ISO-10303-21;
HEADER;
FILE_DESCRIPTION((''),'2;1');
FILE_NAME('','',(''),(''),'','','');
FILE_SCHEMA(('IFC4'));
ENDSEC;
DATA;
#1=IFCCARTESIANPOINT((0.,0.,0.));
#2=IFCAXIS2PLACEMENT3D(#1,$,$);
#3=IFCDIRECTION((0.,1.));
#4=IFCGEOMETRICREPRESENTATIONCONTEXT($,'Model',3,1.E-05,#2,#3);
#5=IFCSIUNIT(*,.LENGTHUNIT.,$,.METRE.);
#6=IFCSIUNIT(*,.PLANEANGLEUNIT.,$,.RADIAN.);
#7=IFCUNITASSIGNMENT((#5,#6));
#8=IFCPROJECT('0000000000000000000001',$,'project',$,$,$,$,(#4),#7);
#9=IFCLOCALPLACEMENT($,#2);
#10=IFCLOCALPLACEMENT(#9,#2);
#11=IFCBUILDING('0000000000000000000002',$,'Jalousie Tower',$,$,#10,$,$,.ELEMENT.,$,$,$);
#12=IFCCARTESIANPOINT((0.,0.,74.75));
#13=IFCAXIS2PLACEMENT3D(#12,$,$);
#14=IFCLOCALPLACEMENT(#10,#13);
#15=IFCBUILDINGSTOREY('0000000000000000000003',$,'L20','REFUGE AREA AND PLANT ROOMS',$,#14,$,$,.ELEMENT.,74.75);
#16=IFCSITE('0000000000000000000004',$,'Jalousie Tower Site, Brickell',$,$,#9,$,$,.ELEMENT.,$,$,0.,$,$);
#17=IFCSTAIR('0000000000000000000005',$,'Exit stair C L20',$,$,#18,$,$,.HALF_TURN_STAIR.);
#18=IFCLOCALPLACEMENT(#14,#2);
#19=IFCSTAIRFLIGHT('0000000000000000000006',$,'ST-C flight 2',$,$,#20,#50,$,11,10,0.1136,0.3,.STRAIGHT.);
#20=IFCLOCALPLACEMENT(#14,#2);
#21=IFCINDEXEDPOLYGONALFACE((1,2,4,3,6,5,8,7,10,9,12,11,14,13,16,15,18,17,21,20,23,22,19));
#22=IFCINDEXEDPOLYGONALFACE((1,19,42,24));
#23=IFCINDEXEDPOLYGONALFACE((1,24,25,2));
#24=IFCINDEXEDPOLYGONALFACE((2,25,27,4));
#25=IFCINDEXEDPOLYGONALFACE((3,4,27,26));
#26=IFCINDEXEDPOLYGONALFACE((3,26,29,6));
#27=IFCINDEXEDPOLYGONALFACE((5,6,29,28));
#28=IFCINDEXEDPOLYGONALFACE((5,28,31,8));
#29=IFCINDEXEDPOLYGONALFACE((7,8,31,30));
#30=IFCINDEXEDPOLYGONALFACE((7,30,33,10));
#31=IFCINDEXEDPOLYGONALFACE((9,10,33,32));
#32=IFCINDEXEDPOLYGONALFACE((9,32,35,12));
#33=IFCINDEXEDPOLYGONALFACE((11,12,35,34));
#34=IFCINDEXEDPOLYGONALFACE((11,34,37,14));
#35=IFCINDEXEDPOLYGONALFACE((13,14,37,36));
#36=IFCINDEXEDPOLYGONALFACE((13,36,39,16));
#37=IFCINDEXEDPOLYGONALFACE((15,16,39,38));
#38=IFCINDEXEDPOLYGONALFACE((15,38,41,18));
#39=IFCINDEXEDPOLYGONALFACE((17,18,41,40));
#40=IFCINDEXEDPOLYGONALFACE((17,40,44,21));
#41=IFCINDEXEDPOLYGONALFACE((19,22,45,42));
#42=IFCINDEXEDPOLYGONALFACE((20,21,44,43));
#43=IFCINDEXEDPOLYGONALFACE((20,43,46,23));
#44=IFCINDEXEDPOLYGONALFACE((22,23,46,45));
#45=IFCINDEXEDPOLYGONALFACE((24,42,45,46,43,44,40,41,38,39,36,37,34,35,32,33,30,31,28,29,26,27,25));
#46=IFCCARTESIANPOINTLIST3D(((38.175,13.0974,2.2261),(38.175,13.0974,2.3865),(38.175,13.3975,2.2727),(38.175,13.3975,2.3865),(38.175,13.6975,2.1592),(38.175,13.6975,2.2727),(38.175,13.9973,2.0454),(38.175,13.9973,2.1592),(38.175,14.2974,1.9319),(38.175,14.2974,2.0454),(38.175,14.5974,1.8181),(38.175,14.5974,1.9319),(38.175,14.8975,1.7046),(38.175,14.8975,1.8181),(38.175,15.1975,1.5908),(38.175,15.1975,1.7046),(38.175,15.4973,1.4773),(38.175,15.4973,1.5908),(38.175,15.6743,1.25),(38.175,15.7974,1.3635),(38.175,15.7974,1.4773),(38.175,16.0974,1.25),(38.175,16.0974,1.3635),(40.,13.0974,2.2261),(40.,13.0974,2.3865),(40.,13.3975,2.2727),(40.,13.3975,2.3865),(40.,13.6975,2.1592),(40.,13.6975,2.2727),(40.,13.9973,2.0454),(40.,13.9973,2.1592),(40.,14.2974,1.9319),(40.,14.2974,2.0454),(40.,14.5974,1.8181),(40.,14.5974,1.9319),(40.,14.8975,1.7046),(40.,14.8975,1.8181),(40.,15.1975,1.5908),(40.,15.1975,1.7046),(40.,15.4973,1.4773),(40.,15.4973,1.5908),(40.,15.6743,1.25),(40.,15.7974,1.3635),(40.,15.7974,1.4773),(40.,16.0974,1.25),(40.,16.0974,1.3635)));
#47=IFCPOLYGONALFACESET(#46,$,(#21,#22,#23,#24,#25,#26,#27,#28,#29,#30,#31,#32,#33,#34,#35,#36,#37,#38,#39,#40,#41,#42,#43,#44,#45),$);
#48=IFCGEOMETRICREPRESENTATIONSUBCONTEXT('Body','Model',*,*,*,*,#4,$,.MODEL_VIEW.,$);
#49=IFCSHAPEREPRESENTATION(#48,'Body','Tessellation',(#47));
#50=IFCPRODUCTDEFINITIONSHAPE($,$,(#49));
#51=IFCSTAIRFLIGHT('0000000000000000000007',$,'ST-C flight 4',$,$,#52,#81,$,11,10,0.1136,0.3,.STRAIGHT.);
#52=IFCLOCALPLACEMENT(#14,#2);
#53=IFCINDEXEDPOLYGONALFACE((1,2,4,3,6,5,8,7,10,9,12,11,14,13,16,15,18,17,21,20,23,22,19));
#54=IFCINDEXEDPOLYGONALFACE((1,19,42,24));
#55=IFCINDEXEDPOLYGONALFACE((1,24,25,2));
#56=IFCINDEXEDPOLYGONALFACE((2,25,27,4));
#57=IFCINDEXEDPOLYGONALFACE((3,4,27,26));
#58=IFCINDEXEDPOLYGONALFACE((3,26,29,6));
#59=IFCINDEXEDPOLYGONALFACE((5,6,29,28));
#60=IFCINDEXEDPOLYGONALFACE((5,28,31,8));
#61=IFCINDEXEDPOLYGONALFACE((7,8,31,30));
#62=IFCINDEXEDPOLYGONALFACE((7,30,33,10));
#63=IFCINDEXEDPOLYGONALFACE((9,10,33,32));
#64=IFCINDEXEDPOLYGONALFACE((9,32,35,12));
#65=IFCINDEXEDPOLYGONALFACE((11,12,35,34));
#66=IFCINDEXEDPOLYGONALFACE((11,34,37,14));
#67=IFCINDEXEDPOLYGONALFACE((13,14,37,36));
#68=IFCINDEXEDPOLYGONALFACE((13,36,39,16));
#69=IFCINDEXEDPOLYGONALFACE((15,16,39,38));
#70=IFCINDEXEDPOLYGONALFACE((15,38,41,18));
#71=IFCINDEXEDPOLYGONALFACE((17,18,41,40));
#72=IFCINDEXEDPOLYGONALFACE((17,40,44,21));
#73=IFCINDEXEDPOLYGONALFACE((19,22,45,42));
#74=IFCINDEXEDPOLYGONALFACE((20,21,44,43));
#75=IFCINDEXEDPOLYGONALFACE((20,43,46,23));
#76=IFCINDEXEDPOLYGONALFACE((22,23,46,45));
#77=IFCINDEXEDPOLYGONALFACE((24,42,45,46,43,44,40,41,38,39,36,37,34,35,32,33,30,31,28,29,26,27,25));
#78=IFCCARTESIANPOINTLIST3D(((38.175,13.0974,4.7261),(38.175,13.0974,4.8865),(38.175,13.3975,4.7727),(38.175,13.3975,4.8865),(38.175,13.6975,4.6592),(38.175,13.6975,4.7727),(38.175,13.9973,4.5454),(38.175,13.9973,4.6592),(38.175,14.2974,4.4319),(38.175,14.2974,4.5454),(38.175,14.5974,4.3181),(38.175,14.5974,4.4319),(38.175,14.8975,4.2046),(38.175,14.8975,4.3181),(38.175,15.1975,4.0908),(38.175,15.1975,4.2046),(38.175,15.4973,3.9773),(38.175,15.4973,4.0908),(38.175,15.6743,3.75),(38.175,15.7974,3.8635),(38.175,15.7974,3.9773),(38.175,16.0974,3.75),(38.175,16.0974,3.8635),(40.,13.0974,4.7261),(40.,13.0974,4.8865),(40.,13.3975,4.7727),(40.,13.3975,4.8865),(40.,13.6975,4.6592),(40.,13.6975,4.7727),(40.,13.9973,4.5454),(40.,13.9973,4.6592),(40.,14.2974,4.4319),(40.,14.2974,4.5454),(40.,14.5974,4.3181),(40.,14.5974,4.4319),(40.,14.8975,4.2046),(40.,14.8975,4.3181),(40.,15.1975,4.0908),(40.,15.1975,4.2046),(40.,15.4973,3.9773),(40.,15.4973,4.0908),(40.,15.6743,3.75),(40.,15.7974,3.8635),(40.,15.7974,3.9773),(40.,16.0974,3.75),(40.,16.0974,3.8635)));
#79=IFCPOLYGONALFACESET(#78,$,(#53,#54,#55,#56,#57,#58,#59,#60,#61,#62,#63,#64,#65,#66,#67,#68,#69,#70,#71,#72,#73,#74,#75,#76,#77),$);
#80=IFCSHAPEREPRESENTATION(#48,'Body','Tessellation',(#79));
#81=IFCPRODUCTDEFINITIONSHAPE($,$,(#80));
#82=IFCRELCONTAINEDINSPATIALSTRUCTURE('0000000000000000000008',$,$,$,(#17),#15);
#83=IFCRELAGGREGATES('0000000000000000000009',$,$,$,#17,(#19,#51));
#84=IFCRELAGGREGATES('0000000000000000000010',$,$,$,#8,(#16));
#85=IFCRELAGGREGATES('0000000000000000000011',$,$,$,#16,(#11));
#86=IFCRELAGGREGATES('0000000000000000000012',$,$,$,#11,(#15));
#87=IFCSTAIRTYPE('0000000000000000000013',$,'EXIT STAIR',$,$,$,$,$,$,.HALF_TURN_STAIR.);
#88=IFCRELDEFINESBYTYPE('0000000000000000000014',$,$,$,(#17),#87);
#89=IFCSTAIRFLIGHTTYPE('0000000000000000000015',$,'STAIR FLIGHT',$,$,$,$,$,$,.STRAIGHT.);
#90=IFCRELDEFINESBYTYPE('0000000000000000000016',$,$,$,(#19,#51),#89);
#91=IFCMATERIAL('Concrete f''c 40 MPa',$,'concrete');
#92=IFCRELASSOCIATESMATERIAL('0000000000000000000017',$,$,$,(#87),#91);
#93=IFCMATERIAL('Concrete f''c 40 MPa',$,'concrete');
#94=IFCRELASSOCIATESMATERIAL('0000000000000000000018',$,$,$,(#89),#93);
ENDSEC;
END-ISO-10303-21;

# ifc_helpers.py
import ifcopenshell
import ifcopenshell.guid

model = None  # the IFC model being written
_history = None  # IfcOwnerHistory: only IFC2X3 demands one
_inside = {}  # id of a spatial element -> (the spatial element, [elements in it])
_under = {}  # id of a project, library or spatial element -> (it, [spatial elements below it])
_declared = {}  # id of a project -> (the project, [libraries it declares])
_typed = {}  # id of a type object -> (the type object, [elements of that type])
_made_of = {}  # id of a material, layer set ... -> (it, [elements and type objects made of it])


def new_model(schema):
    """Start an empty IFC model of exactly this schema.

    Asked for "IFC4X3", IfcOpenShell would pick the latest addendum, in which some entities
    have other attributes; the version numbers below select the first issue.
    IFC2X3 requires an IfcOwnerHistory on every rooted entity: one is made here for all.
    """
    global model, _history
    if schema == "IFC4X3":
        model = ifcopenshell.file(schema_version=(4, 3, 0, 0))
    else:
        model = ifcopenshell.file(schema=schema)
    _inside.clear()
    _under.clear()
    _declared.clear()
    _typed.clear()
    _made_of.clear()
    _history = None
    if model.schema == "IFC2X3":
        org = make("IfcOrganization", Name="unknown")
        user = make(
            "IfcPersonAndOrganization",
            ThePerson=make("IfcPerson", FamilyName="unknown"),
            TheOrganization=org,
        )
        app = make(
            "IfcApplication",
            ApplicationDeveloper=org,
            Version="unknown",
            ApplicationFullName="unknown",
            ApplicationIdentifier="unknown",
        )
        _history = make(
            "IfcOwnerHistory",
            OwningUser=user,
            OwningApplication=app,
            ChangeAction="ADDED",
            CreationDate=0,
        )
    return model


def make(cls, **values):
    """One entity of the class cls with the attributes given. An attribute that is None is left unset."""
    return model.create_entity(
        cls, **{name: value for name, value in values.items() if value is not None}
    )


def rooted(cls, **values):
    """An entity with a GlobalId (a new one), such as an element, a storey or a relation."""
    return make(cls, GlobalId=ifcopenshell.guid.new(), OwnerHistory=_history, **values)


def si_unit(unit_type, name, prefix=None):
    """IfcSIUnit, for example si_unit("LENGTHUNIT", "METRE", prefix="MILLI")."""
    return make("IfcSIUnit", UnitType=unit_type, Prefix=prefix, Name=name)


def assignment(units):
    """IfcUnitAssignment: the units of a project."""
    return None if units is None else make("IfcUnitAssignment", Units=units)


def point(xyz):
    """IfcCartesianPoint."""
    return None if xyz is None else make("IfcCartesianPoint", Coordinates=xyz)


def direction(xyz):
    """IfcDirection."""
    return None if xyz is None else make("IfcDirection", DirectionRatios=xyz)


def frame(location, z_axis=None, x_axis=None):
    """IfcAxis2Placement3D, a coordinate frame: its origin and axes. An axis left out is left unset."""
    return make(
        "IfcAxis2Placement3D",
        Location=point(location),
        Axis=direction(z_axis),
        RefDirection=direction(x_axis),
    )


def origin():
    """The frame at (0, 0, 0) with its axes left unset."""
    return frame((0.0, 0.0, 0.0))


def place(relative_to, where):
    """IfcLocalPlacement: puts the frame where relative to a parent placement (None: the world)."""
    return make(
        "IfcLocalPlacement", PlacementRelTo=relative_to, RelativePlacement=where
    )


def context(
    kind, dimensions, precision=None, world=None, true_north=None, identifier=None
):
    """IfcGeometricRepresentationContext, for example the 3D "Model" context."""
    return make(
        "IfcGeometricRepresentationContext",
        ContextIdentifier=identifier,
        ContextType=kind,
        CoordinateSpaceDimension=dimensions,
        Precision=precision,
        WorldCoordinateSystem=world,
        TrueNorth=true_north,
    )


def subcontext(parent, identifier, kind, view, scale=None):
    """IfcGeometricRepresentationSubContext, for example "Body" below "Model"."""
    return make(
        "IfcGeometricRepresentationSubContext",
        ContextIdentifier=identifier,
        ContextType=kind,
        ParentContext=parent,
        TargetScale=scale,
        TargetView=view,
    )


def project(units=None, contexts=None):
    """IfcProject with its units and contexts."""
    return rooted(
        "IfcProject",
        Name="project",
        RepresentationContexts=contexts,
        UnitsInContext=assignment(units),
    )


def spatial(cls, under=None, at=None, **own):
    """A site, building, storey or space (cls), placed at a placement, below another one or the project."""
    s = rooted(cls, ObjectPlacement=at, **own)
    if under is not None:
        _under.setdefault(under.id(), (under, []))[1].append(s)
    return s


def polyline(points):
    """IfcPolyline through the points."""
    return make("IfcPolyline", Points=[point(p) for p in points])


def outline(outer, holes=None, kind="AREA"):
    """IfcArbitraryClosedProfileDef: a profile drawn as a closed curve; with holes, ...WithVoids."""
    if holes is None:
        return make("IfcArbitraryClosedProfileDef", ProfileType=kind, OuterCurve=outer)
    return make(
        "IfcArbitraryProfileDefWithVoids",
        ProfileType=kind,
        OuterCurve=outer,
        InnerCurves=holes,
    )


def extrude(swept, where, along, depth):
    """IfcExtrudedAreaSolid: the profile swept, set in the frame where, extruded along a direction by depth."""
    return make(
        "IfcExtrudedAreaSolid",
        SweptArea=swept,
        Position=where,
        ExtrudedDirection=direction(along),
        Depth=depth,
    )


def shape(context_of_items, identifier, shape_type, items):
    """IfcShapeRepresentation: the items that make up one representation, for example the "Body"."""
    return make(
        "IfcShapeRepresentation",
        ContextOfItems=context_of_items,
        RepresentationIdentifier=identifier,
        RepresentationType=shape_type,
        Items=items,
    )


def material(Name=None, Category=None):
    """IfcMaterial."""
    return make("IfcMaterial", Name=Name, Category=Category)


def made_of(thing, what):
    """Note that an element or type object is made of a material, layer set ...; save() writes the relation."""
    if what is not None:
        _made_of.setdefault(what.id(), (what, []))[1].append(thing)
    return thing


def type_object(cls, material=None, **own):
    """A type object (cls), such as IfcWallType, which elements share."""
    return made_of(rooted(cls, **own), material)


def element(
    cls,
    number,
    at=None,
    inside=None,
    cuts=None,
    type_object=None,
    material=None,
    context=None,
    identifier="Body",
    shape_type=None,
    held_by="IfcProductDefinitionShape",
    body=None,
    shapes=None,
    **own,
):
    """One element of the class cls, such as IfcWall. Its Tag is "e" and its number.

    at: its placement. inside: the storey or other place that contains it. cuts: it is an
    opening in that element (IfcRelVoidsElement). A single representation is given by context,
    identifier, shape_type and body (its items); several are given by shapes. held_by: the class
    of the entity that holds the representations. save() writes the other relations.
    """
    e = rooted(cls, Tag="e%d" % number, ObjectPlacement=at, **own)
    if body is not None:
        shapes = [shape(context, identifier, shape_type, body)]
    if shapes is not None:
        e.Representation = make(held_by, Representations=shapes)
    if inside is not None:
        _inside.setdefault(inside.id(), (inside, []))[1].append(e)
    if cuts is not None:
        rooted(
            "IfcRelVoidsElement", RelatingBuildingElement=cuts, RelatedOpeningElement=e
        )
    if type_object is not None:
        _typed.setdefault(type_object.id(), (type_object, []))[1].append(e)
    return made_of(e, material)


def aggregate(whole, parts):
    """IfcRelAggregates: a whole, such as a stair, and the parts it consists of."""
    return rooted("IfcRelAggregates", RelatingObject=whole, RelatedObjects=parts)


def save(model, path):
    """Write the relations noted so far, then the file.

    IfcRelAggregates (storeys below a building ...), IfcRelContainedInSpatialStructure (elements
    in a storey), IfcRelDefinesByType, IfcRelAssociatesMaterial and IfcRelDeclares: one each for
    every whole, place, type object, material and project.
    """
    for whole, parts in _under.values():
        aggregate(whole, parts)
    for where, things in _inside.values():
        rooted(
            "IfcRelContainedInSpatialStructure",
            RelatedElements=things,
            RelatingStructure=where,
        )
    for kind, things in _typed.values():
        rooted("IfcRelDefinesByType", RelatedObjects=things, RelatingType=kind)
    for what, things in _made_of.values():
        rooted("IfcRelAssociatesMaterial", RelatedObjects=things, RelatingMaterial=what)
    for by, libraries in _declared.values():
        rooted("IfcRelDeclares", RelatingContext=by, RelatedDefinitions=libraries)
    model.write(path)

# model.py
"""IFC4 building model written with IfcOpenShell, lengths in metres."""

from ifc_helpers import new_model, si_unit, direction, frame, origin, place, context, subcontext, project, spatial, polyline, outline, extrude, material, type_object, element, aggregate, save


model = new_model("IFC4")

# Units and contexts
model_context = context("Model", 3, precision=1e-05, world=origin(), true_north=direction((0.0, 1.0)))
body_context = subcontext(model_context, "Body", "Model", "MODEL_VIEW")
ifc_project = project(units=[si_unit("LENGTHUNIT", "METRE"), si_unit("PLANEANGLEUNIT", "RADIAN")], contexts=[model_context])

# Site, building, storey
site_placement = place(None, origin())
site = spatial("IfcSite", under=ifc_project, at=site_placement, Name="Jalousie Tower Site, Brickell", CompositionType="ELEMENT", RefElevation=0.0)
building_placement = place(site_placement, origin())
building = spatial("IfcBuilding", under=site, at=building_placement, Name="Jalousie Tower", CompositionType="ELEMENT")
storey_placement = place(building_placement, frame((0.0, 0.0, 74.75)))
storey = spatial("IfcBuildingStorey", under=building, at=storey_placement, Name="L20", Description="REFUGE AREA AND PLANT ROOMS", CompositionType="ELEMENT", Elevation=74.75)

# Stair, stair flights
ifc_material_1 = material(Name="Concrete f'c 40 MPa", Category="concrete")
stair_type = type_object("IfcStairType", Name="EXIT STAIR", PredefinedType="HALF_TURN_STAIR", material=ifc_material_1)
stair_placement = place(storey_placement, origin())
stair = element("IfcStair", 1, at=stair_placement, inside=storey, type_object=stair_type, Name="Exit stair C L20", PredefinedType="HALF_TURN_STAIR")
ifc_material_2 = material(Name="Concrete f'c 40 MPa", Category="concrete")
stair_flight_type = type_object("IfcStairFlightType", Name="STAIR FLIGHT", PredefinedType="STRAIGHT", material=ifc_material_2)
stair_flight_1_placement = place(storey_placement, frame((39.0874, 16.0974, 1.25), z_axis=(0.0, 0.0, 1.0), x_axis=(0.0, -1.0, 0.0)))
stair_flight_1 = element("IfcStairFlight", 2, at=stair_flight_1_placement, type_object=stair_flight_type, Name="ST-C flight 2", NumberOfRisers=11, NumberOfTreads=10, PredefinedType="STRAIGHT", RiserHeight=0.1136, TreadLength=0.3, context=body_context, shape_type="SweptSolid", body=[
    extrude(outline(polyline([(0.0, 0.0), (0.0, 0.1135), (0.3, 0.1135), (0.3, 0.2273), (0.6001, 0.2273), (0.6001, 0.3408), (0.8999, 0.3408), (0.8999, 0.4546), (1.2, 0.4546), (1.2, 0.5681), (1.5, 0.5681), (1.5, 0.6819), (1.8, 0.6819), (1.8, 0.7954), (2.1001, 0.7954), (2.1001, 0.9092), (2.3999, 0.9092), (2.3999, 1.0227), (2.7, 1.0227), (2.7, 1.1365), (3.0, 1.1365), (3.0, 1.25), (3.0, 0.9761), (0.4231, 0.0), (0.0, 0.0)])), frame((0.0, 0.9126, 0.0), z_axis=(0.0, -1.0, 0.0), x_axis=(1.0, 0.0, 0.0)), (0.0, 0.0, 1.0), 1.825),
])
stair_flight_2_placement = place(storey_placement, frame((39.0874, 16.0974, 3.75), z_axis=(0.0, 0.0, 1.0), x_axis=(0.0, -1.0, 0.0)))
stair_flight_2 = element("IfcStairFlight", 3, at=stair_flight_2_placement, type_object=stair_flight_type, Name="ST-C flight 4", NumberOfRisers=11, NumberOfTreads=10, PredefinedType="STRAIGHT", RiserHeight=0.1136, TreadLength=0.3, context=body_context, shape_type="SweptSolid", body=[
    extrude(outline(polyline([(0.0, 0.0), (0.0, 0.1135), (0.3, 0.1135), (0.3, 0.2273), (0.6001, 0.2273), (0.6001, 0.3408), (0.8999, 0.3408), (0.8999, 0.4546), (1.2, 0.4546), (1.2, 0.5681), (1.5, 0.5681), (1.5, 0.6819), (1.8, 0.6819), (1.8, 0.7954), (2.1001, 0.7954), (2.1001, 0.9092), (2.3999, 0.9092), (2.3999, 1.0227), (2.7, 1.0227), (2.7, 1.1365), (3.0, 1.1365), (3.0, 1.25), (3.0, 0.9761), (0.4231, 0.0), (0.0, 0.0)])), frame((0.0, 0.9126, 0.0), z_axis=(0.0, -1.0, 0.0), x_axis=(1.0, 0.0, 0.0)), (0.0, 0.0, 1.0), 1.825),
])
aggregate(stair, [stair_flight_1, stair_flight_2])

save(model, "model.ifc")
